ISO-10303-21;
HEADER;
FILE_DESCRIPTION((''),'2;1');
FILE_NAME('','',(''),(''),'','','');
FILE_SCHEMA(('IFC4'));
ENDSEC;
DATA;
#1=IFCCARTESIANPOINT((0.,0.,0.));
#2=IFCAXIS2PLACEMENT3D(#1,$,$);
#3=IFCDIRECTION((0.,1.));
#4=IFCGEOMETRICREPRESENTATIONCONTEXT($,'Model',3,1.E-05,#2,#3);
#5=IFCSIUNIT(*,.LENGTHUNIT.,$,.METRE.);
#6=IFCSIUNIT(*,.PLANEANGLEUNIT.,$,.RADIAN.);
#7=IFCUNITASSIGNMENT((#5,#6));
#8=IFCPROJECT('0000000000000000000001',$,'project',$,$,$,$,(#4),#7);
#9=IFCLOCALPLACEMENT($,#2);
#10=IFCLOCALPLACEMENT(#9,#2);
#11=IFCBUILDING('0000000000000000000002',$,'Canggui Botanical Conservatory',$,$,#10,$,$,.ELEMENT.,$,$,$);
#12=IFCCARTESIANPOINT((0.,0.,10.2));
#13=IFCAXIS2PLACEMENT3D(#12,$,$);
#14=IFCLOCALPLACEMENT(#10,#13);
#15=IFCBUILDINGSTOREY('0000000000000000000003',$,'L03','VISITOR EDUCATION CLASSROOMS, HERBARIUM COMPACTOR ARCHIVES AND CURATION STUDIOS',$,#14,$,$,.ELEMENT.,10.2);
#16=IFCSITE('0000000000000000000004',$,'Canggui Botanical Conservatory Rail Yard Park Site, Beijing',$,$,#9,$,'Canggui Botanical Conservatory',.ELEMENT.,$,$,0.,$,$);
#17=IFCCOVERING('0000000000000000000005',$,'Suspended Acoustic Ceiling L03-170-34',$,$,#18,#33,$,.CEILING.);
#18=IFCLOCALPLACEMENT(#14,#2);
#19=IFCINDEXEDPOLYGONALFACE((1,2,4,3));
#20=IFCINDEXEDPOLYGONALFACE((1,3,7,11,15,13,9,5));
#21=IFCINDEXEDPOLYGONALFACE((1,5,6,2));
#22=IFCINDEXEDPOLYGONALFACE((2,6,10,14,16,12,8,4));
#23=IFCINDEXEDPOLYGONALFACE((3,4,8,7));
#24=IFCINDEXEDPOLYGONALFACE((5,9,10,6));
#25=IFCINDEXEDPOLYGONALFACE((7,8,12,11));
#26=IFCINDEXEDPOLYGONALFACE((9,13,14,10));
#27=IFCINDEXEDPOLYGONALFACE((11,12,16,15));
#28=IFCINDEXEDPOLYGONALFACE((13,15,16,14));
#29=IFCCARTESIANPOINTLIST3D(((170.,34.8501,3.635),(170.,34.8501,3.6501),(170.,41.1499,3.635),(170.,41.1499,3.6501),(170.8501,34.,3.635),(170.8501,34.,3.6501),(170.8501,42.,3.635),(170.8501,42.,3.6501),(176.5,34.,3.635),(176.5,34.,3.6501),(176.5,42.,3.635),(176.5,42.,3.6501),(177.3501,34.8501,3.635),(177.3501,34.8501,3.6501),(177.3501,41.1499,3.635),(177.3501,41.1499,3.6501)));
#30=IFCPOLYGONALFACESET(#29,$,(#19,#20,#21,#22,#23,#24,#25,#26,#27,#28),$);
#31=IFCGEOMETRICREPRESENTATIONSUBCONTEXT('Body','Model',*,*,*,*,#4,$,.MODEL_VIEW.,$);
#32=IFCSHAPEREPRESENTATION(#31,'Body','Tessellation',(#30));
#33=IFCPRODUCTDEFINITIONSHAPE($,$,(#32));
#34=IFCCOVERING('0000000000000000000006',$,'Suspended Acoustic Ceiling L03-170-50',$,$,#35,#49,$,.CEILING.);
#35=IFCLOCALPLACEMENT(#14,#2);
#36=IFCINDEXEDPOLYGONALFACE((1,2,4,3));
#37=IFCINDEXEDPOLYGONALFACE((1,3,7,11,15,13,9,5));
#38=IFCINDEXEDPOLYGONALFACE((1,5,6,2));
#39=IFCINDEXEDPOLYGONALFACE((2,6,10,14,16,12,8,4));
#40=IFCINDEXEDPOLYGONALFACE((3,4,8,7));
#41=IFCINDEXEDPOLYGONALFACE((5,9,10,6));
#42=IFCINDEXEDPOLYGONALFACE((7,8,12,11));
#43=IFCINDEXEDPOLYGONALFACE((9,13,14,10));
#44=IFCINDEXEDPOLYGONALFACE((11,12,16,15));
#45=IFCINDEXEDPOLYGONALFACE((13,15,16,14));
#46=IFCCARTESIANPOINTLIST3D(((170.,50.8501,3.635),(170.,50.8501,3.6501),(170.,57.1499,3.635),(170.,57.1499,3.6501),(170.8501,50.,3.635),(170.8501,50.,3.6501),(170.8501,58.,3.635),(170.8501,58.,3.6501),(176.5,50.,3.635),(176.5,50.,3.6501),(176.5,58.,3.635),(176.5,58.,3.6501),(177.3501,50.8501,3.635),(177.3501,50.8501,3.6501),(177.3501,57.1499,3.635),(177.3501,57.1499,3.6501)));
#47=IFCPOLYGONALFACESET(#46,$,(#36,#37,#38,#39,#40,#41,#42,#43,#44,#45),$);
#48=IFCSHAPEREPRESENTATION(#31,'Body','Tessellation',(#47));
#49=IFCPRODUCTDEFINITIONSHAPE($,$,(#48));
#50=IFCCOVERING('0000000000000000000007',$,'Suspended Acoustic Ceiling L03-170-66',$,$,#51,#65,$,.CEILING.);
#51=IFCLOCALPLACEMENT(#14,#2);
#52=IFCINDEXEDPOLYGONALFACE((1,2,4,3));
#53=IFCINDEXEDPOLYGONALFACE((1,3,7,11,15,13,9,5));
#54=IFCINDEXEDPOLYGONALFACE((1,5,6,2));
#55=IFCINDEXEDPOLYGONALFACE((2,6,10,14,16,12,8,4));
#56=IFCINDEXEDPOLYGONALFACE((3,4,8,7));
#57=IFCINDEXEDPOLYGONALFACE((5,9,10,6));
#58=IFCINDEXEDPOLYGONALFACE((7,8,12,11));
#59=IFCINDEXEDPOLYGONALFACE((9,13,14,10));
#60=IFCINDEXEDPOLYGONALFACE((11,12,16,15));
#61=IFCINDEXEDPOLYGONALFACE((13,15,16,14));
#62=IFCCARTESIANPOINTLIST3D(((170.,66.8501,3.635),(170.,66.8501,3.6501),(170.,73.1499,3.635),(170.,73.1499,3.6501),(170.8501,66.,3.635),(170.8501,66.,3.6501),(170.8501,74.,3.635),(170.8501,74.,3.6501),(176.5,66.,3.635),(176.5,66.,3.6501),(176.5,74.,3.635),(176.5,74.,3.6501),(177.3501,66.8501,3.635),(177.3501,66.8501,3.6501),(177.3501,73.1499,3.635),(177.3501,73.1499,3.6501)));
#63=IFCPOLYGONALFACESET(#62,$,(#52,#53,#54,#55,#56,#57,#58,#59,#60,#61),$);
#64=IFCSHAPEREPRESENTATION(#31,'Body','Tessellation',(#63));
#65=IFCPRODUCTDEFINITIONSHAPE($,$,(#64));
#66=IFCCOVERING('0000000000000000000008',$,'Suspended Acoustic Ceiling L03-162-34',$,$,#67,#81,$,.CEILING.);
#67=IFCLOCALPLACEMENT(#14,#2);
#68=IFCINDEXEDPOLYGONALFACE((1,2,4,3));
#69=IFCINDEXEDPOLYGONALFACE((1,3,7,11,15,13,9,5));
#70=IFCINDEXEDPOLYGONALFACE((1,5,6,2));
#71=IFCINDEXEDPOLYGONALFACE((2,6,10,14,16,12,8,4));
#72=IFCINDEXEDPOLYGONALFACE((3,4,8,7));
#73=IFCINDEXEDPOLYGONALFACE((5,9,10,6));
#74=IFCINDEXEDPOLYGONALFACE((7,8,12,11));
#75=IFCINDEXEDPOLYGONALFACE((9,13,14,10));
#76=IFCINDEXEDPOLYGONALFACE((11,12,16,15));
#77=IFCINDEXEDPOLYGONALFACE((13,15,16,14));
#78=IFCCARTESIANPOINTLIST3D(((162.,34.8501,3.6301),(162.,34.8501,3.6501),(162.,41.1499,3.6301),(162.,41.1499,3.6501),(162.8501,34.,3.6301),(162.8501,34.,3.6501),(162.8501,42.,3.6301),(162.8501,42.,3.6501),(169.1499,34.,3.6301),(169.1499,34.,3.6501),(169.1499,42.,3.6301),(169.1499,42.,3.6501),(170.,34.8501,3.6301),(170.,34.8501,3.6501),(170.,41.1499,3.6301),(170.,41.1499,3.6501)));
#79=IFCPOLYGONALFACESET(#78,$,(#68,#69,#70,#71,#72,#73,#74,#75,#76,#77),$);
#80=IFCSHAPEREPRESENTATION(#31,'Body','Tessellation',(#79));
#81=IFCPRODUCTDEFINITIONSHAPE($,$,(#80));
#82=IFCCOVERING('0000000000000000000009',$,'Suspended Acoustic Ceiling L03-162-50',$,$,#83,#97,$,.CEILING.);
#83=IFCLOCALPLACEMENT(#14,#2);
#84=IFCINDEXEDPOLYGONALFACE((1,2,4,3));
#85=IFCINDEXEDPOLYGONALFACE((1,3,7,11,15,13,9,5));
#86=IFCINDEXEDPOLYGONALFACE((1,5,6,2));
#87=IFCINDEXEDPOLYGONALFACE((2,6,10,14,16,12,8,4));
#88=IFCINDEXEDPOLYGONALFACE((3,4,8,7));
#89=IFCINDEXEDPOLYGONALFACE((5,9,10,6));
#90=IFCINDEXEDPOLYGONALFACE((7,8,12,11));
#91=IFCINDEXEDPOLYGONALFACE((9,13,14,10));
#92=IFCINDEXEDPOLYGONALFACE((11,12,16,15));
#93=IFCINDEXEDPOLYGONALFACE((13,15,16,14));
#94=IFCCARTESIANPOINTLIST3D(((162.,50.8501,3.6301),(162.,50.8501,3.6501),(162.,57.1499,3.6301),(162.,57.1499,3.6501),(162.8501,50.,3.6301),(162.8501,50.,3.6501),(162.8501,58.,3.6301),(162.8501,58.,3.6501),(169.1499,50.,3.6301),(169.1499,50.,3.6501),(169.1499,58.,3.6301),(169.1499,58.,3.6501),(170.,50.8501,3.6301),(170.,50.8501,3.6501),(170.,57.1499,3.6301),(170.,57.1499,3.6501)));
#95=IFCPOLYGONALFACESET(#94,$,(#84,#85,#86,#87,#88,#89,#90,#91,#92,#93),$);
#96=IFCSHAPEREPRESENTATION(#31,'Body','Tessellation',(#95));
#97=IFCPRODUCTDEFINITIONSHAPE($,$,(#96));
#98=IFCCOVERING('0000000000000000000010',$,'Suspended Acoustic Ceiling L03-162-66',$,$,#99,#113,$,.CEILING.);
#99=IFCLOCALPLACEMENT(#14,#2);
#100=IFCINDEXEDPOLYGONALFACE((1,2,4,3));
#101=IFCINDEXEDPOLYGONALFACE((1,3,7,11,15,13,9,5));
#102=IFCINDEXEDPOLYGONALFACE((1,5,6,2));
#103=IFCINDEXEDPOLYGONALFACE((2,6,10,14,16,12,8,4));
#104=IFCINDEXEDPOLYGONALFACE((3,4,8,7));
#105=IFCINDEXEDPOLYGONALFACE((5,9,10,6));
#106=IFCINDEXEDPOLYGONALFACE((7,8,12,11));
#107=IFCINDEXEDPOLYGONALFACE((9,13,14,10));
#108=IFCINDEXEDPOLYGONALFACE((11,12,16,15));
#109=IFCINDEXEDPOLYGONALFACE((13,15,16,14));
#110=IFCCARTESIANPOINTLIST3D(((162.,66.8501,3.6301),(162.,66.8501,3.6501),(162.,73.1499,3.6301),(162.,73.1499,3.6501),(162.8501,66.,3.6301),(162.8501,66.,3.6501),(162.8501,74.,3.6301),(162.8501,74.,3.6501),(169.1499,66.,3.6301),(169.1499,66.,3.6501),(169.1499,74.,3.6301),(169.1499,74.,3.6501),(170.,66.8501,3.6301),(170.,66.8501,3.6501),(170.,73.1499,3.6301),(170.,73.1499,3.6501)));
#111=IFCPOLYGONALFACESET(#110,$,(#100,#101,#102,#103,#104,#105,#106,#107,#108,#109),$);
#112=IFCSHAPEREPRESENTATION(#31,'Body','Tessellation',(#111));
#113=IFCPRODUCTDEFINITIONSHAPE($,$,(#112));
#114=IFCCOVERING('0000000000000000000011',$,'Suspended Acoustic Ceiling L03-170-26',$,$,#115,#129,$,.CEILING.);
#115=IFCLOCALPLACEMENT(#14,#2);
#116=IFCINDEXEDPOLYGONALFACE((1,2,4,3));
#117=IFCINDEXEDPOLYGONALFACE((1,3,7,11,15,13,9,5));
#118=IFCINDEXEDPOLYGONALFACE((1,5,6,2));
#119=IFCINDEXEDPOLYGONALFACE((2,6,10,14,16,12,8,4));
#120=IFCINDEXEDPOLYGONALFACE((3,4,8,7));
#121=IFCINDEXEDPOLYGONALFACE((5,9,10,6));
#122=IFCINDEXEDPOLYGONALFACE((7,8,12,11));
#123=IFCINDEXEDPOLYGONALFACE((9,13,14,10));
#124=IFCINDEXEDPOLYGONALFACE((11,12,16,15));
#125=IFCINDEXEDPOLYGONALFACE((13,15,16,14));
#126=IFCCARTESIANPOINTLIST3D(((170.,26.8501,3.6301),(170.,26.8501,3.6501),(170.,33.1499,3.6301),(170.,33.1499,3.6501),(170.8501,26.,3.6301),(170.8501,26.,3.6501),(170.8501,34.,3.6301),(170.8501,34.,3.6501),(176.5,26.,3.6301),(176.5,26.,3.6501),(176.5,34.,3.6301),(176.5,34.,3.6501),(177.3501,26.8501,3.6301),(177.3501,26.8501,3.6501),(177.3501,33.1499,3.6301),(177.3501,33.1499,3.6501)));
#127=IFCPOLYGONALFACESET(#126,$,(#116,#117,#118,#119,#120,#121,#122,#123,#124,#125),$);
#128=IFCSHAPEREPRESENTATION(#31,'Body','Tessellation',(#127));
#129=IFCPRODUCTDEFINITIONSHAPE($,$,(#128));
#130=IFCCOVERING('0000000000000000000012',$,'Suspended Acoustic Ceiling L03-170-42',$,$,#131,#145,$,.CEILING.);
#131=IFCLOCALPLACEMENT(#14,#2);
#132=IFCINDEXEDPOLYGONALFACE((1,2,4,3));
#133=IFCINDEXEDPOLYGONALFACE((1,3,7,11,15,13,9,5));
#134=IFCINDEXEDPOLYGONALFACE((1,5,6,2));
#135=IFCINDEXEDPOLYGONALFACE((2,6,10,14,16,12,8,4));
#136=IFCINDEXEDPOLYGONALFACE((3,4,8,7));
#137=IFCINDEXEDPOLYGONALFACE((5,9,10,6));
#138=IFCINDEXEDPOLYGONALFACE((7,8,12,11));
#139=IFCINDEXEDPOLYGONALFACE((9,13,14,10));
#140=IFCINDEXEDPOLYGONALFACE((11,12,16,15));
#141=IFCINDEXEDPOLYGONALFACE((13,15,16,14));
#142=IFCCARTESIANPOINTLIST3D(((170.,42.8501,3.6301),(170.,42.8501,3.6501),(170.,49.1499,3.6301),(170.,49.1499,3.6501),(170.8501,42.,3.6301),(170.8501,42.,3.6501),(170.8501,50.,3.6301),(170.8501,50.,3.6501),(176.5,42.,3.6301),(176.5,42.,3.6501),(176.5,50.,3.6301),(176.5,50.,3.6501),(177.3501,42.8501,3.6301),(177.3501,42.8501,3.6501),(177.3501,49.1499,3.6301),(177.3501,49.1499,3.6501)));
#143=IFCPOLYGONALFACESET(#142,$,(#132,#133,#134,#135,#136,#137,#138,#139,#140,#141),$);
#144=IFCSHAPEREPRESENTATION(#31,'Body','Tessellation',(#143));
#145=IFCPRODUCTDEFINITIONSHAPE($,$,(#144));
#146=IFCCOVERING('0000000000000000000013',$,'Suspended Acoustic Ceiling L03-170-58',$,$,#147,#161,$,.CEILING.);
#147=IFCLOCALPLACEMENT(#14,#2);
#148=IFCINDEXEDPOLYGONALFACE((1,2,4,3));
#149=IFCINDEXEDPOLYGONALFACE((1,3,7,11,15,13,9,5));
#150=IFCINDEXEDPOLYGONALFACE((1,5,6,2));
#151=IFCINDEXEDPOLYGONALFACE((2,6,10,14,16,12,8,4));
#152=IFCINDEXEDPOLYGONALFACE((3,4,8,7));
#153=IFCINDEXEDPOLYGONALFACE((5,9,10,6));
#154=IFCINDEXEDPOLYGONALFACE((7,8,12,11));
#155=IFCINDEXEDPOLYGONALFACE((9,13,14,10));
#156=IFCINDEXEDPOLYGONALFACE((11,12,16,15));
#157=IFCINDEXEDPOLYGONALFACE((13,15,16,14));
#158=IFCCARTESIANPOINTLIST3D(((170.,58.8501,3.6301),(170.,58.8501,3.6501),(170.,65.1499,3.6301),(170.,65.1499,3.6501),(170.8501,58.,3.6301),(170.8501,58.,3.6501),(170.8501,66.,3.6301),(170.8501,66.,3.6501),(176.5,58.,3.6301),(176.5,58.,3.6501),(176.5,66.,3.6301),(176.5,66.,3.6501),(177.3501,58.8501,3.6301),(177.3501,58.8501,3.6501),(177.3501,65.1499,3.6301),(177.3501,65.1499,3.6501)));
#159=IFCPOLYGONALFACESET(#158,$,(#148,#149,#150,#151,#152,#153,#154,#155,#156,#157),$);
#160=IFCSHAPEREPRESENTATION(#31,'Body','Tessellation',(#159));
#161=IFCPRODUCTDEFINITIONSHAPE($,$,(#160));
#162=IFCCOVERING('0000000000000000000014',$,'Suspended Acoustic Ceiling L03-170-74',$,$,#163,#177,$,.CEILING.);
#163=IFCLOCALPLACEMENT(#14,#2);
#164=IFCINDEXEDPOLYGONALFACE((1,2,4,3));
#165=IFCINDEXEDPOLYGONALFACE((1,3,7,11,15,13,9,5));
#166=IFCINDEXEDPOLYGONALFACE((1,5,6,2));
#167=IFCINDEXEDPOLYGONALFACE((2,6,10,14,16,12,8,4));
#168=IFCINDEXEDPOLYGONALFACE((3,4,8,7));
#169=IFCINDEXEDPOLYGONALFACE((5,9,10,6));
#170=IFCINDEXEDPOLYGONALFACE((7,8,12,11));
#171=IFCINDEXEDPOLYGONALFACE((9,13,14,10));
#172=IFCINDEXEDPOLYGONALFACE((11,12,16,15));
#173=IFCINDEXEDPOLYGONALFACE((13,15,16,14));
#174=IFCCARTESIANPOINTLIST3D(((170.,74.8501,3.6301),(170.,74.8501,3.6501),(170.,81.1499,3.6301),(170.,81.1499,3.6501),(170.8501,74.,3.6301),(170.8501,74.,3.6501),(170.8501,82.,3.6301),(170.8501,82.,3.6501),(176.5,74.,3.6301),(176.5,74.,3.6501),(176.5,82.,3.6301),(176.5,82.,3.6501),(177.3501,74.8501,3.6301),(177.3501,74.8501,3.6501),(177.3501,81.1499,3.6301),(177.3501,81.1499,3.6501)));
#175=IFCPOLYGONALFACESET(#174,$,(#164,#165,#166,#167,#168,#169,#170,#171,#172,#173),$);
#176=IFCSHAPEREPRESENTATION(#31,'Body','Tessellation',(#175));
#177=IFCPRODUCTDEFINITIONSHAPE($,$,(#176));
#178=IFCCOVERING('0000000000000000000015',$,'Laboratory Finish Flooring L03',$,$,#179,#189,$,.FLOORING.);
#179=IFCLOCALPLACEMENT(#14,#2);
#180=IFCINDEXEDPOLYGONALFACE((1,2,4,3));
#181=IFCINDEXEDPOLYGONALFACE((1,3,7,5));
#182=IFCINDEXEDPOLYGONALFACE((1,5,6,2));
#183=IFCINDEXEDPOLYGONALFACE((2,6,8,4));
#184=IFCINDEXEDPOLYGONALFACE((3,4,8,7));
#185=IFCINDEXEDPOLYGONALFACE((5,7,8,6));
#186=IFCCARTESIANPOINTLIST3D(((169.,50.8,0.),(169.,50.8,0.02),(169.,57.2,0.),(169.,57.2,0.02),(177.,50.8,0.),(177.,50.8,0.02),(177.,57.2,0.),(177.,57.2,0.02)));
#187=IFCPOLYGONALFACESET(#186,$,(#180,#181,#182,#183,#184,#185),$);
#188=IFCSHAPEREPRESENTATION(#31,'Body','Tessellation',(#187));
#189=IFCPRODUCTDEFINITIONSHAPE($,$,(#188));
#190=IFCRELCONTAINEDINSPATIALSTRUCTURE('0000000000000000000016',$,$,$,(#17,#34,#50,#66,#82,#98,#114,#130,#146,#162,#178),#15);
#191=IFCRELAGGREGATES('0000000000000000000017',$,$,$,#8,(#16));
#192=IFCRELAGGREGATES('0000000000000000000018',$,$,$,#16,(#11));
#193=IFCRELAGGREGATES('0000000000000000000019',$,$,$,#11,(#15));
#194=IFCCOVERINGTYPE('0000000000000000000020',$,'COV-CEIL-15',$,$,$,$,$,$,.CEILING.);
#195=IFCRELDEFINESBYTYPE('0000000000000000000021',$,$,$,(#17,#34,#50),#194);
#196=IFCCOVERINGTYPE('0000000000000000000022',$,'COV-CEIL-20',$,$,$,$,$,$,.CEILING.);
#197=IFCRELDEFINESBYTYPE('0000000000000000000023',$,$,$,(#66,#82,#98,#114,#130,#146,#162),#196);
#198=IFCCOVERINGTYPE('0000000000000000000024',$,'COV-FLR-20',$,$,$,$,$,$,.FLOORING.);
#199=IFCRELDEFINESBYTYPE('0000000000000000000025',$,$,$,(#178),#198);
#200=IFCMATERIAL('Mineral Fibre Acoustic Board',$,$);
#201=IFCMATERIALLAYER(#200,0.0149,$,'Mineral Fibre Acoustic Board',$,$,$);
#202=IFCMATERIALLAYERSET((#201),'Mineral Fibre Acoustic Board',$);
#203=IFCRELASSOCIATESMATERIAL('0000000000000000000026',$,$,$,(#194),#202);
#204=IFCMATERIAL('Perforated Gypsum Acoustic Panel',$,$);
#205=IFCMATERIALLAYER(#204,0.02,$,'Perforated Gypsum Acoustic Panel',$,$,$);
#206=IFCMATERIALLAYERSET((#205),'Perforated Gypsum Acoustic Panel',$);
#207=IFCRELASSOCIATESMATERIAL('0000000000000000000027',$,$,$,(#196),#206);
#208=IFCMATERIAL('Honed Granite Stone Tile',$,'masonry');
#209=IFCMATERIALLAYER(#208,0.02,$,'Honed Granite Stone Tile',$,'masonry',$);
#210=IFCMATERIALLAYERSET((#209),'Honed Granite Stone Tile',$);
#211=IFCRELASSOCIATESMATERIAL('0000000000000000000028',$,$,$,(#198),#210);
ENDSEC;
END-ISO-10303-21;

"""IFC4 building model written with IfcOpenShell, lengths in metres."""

from ifc_helpers import new_model, si_unit, direction, frame, origin, place, context, subcontext, project, spatial, polyline, outline, extrude, material, layer, layer_set, type_object, element, save


model = new_model("IFC4")

# Units and contexts
model_context = context("Model", 3, precision=1e-05, world=origin(), true_north=direction((0.0, 1.0)))
body_context = subcontext(model_context, "Body", "Model", "MODEL_VIEW")
ifc_project = project(units=[si_unit("LENGTHUNIT", "METRE"), si_unit("PLANEANGLEUNIT", "RADIAN")], contexts=[model_context])

# Site, building, storey
site_placement = place(None, origin())
site = spatial("IfcSite", under=ifc_project, at=site_placement, Name="Canggui Botanical Conservatory Rail Yard Park Site, Beijing", LongName="Canggui Botanical Conservatory", CompositionType="ELEMENT", RefElevation=0.0)
building_placement = place(site_placement, origin())
building = spatial("IfcBuilding", under=site, at=building_placement, Name="Canggui Botanical Conservatory", CompositionType="ELEMENT")
storey_placement = place(building_placement, frame((0.0, 0.0, 10.2)))
storey = spatial("IfcBuildingStorey", under=building, at=storey_placement, Name="L03", Description="VISITOR EDUCATION CLASSROOMS, HERBARIUM COMPACTOR ARCHIVES AND CURATION STUDIOS", CompositionType="ELEMENT", Elevation=10.2)

# Coverings
ifc_material_1 = material(Name="Mineral Fibre Acoustic Board")
ifc_layer_1 = layer(ifc_material_1, 0.0149, Name="Mineral Fibre Acoustic Board")
ifc_layer_set_1 = layer_set([ifc_layer_1], Name="Mineral Fibre Acoustic Board")
covering_type_1 = type_object("IfcCoveringType", Name="COV-CEIL-15", PredefinedType="CEILING", material=ifc_layer_set_1)
covering_1_placement = place(storey_placement, frame((0.0, 0.0, 3.635)))
element("IfcCovering", 1, at=covering_1_placement, inside=storey, type_object=covering_type_1, Name="Suspended Acoustic Ceiling L03-170-34", PredefinedType="CEILING", context=body_context, shape_type="SweptSolid", body=[
    extrude(outline(polyline([(170.8501, 34.0), (176.5, 34.0), (177.3501, 34.8501), (177.3501, 41.1499), (176.5, 42.0), (170.8501, 42.0), (170.0, 41.1499), (170.0, 34.8501), (170.8501, 34.0)])), origin(), (0.0, 0.0, 1.0), 0.0151),
])
covering_2_placement = place(storey_placement, frame((0.0, 0.0, 3.635)))
element("IfcCovering", 2, at=covering_2_placement, inside=storey, type_object=covering_type_1, Name="Suspended Acoustic Ceiling L03-170-50", PredefinedType="CEILING", context=body_context, shape_type="SweptSolid", body=[
    extrude(outline(polyline([(170.8501, 50.0), (176.5, 50.0), (177.3501, 50.8501), (177.3501, 57.1499), (176.5, 58.0), (170.8501, 58.0), (170.0, 57.1499), (170.0, 50.8501), (170.8501, 50.0)])), origin(), (0.0, 0.0, 1.0), 0.0151),
])
covering_3_placement = place(storey_placement, frame((0.0, 0.0, 3.635)))
element("IfcCovering", 3, at=covering_3_placement, inside=storey, type_object=covering_type_1, Name="Suspended Acoustic Ceiling L03-170-66", PredefinedType="CEILING", context=body_context, shape_type="SweptSolid", body=[
    extrude(outline(polyline([(170.8501, 66.0), (176.5, 66.0), (177.3501, 66.8501), (177.3501, 73.1499), (176.5, 74.0), (170.8501, 74.0), (170.0, 73.1499), (170.0, 66.8501), (170.8501, 66.0)])), origin(), (0.0, 0.0, 1.0), 0.0151),
])
ifc_material_2 = material(Name="Perforated Gypsum Acoustic Panel")
ifc_layer_2 = layer(ifc_material_2, 0.02, Name="Perforated Gypsum Acoustic Panel")
ifc_layer_set_2 = layer_set([ifc_layer_2], Name="Perforated Gypsum Acoustic Panel")
covering_type_2 = type_object("IfcCoveringType", Name="COV-CEIL-20", PredefinedType="CEILING", material=ifc_layer_set_2)
covering_4_placement = place(storey_placement, frame((0.0, 0.0, 3.6301)))
element("IfcCovering", 4, at=covering_4_placement, inside=storey, type_object=covering_type_2, Name="Suspended Acoustic Ceiling L03-162-34", PredefinedType="CEILING", context=body_context, shape_type="SweptSolid", body=[
    extrude(outline(polyline([(162.8501, 34.0), (169.1499, 34.0), (170.0, 34.8501), (170.0, 41.1499), (169.1499, 42.0), (162.8501, 42.0), (162.0, 41.1499), (162.0, 34.8501), (162.8501, 34.0)])), origin(), (0.0, 0.0, 1.0), 0.02),
])
covering_5_placement = place(storey_placement, frame((0.0, 0.0, 3.6301)))
element("IfcCovering", 5, at=covering_5_placement, inside=storey, type_object=covering_type_2, Name="Suspended Acoustic Ceiling L03-162-50", PredefinedType="CEILING", context=body_context, shape_type="SweptSolid", body=[
    extrude(outline(polyline([(162.8501, 50.0), (169.1499, 50.0), (170.0, 50.8501), (170.0, 57.1499), (169.1499, 58.0), (162.8501, 58.0), (162.0, 57.1499), (162.0, 50.8501), (162.8501, 50.0)])), origin(), (0.0, 0.0, 1.0), 0.02),
])
covering_6_placement = place(storey_placement, frame((0.0, 0.0, 3.6301)))
element("IfcCovering", 6, at=covering_6_placement, inside=storey, type_object=covering_type_2, Name="Suspended Acoustic Ceiling L03-162-66", PredefinedType="CEILING", context=body_context, shape_type="SweptSolid", body=[
    extrude(outline(polyline([(162.8501, 66.0), (169.1499, 66.0), (170.0, 66.8501), (170.0, 73.1499), (169.1499, 74.0), (162.8501, 74.0), (162.0, 73.1499), (162.0, 66.8501), (162.8501, 66.0)])), origin(), (0.0, 0.0, 1.0), 0.02),
])
covering_7_placement = place(storey_placement, frame((0.0, 0.0, 3.6301)))
element("IfcCovering", 7, at=covering_7_placement, inside=storey, type_object=covering_type_2, Name="Suspended Acoustic Ceiling L03-170-26", PredefinedType="CEILING", context=body_context, shape_type="SweptSolid", body=[
    extrude(outline(polyline([(170.8501, 26.0), (176.5, 26.0), (177.3501, 26.8501), (177.3501, 33.1499), (176.5, 34.0), (170.8501, 34.0), (170.0, 33.1499), (170.0, 26.8501), (170.8501, 26.0)])), origin(), (0.0, 0.0, 1.0), 0.02),
])
covering_8_placement = place(storey_placement, frame((0.0, 0.0, 3.6301)))
element("IfcCovering", 8, at=covering_8_placement, inside=storey, type_object=covering_type_2, Name="Suspended Acoustic Ceiling L03-170-42", PredefinedType="CEILING", context=body_context, shape_type="SweptSolid", body=[
    extrude(outline(polyline([(170.8501, 42.0), (176.5, 42.0), (177.3501, 42.8501), (177.3501, 49.1499), (176.5, 50.0), (170.8501, 50.0), (170.0, 49.1499), (170.0, 42.8501), (170.8501, 42.0)])), origin(), (0.0, 0.0, 1.0), 0.02),
])
covering_9_placement = place(storey_placement, frame((0.0, 0.0, 3.6301)))
element("IfcCovering", 9, at=covering_9_placement, inside=storey, type_object=covering_type_2, Name="Suspended Acoustic Ceiling L03-170-58", PredefinedType="CEILING", context=body_context, shape_type="SweptSolid", body=[
    extrude(outline(polyline([(170.8501, 58.0), (176.5, 58.0), (177.3501, 58.8501), (177.3501, 65.1499), (176.5, 66.0), (170.8501, 66.0), (170.0, 65.1499), (170.0, 58.8501), (170.8501, 58.0)])), origin(), (0.0, 0.0, 1.0), 0.02),
])
covering_10_placement = place(storey_placement, frame((0.0, 0.0, 3.6301)))
element("IfcCovering", 10, at=covering_10_placement, inside=storey, type_object=covering_type_2, Name="Suspended Acoustic Ceiling L03-170-74", PredefinedType="CEILING", context=body_context, shape_type="SweptSolid", body=[
    extrude(outline(polyline([(170.8501, 74.0), (176.5, 74.0), (177.3501, 74.8501), (177.3501, 81.1499), (176.5, 82.0), (170.8501, 82.0), (170.0, 81.1499), (170.0, 74.8501), (170.8501, 74.0)])), origin(), (0.0, 0.0, 1.0), 0.02),
])
ifc_material_3 = material(Name="Honed Granite Stone Tile", Category="masonry")
ifc_layer_3 = layer(ifc_material_3, 0.02, Name="Honed Granite Stone Tile", Category="masonry")
ifc_layer_set_3 = layer_set([ifc_layer_3], Name="Honed Granite Stone Tile")
covering_type_3 = type_object("IfcCoveringType", Name="COV-FLR-20", PredefinedType="FLOORING", material=ifc_layer_set_3)
covering_11_placement = place(storey_placement, origin())
element("IfcCovering", 11, at=covering_11_placement, inside=storey, type_object=covering_type_3, Name="Laboratory Finish Flooring L03", PredefinedType="FLOORING", context=body_context, shape_type="SweptSolid", body=[
    extrude(outline(polyline([(169.0, 50.8), (177.0, 50.8), (177.0, 57.2), (169.0, 57.2), (169.0, 50.8)])), origin(), (0.0, 0.0, 1.0), 0.02),
])

save(model, "model.ifc")
